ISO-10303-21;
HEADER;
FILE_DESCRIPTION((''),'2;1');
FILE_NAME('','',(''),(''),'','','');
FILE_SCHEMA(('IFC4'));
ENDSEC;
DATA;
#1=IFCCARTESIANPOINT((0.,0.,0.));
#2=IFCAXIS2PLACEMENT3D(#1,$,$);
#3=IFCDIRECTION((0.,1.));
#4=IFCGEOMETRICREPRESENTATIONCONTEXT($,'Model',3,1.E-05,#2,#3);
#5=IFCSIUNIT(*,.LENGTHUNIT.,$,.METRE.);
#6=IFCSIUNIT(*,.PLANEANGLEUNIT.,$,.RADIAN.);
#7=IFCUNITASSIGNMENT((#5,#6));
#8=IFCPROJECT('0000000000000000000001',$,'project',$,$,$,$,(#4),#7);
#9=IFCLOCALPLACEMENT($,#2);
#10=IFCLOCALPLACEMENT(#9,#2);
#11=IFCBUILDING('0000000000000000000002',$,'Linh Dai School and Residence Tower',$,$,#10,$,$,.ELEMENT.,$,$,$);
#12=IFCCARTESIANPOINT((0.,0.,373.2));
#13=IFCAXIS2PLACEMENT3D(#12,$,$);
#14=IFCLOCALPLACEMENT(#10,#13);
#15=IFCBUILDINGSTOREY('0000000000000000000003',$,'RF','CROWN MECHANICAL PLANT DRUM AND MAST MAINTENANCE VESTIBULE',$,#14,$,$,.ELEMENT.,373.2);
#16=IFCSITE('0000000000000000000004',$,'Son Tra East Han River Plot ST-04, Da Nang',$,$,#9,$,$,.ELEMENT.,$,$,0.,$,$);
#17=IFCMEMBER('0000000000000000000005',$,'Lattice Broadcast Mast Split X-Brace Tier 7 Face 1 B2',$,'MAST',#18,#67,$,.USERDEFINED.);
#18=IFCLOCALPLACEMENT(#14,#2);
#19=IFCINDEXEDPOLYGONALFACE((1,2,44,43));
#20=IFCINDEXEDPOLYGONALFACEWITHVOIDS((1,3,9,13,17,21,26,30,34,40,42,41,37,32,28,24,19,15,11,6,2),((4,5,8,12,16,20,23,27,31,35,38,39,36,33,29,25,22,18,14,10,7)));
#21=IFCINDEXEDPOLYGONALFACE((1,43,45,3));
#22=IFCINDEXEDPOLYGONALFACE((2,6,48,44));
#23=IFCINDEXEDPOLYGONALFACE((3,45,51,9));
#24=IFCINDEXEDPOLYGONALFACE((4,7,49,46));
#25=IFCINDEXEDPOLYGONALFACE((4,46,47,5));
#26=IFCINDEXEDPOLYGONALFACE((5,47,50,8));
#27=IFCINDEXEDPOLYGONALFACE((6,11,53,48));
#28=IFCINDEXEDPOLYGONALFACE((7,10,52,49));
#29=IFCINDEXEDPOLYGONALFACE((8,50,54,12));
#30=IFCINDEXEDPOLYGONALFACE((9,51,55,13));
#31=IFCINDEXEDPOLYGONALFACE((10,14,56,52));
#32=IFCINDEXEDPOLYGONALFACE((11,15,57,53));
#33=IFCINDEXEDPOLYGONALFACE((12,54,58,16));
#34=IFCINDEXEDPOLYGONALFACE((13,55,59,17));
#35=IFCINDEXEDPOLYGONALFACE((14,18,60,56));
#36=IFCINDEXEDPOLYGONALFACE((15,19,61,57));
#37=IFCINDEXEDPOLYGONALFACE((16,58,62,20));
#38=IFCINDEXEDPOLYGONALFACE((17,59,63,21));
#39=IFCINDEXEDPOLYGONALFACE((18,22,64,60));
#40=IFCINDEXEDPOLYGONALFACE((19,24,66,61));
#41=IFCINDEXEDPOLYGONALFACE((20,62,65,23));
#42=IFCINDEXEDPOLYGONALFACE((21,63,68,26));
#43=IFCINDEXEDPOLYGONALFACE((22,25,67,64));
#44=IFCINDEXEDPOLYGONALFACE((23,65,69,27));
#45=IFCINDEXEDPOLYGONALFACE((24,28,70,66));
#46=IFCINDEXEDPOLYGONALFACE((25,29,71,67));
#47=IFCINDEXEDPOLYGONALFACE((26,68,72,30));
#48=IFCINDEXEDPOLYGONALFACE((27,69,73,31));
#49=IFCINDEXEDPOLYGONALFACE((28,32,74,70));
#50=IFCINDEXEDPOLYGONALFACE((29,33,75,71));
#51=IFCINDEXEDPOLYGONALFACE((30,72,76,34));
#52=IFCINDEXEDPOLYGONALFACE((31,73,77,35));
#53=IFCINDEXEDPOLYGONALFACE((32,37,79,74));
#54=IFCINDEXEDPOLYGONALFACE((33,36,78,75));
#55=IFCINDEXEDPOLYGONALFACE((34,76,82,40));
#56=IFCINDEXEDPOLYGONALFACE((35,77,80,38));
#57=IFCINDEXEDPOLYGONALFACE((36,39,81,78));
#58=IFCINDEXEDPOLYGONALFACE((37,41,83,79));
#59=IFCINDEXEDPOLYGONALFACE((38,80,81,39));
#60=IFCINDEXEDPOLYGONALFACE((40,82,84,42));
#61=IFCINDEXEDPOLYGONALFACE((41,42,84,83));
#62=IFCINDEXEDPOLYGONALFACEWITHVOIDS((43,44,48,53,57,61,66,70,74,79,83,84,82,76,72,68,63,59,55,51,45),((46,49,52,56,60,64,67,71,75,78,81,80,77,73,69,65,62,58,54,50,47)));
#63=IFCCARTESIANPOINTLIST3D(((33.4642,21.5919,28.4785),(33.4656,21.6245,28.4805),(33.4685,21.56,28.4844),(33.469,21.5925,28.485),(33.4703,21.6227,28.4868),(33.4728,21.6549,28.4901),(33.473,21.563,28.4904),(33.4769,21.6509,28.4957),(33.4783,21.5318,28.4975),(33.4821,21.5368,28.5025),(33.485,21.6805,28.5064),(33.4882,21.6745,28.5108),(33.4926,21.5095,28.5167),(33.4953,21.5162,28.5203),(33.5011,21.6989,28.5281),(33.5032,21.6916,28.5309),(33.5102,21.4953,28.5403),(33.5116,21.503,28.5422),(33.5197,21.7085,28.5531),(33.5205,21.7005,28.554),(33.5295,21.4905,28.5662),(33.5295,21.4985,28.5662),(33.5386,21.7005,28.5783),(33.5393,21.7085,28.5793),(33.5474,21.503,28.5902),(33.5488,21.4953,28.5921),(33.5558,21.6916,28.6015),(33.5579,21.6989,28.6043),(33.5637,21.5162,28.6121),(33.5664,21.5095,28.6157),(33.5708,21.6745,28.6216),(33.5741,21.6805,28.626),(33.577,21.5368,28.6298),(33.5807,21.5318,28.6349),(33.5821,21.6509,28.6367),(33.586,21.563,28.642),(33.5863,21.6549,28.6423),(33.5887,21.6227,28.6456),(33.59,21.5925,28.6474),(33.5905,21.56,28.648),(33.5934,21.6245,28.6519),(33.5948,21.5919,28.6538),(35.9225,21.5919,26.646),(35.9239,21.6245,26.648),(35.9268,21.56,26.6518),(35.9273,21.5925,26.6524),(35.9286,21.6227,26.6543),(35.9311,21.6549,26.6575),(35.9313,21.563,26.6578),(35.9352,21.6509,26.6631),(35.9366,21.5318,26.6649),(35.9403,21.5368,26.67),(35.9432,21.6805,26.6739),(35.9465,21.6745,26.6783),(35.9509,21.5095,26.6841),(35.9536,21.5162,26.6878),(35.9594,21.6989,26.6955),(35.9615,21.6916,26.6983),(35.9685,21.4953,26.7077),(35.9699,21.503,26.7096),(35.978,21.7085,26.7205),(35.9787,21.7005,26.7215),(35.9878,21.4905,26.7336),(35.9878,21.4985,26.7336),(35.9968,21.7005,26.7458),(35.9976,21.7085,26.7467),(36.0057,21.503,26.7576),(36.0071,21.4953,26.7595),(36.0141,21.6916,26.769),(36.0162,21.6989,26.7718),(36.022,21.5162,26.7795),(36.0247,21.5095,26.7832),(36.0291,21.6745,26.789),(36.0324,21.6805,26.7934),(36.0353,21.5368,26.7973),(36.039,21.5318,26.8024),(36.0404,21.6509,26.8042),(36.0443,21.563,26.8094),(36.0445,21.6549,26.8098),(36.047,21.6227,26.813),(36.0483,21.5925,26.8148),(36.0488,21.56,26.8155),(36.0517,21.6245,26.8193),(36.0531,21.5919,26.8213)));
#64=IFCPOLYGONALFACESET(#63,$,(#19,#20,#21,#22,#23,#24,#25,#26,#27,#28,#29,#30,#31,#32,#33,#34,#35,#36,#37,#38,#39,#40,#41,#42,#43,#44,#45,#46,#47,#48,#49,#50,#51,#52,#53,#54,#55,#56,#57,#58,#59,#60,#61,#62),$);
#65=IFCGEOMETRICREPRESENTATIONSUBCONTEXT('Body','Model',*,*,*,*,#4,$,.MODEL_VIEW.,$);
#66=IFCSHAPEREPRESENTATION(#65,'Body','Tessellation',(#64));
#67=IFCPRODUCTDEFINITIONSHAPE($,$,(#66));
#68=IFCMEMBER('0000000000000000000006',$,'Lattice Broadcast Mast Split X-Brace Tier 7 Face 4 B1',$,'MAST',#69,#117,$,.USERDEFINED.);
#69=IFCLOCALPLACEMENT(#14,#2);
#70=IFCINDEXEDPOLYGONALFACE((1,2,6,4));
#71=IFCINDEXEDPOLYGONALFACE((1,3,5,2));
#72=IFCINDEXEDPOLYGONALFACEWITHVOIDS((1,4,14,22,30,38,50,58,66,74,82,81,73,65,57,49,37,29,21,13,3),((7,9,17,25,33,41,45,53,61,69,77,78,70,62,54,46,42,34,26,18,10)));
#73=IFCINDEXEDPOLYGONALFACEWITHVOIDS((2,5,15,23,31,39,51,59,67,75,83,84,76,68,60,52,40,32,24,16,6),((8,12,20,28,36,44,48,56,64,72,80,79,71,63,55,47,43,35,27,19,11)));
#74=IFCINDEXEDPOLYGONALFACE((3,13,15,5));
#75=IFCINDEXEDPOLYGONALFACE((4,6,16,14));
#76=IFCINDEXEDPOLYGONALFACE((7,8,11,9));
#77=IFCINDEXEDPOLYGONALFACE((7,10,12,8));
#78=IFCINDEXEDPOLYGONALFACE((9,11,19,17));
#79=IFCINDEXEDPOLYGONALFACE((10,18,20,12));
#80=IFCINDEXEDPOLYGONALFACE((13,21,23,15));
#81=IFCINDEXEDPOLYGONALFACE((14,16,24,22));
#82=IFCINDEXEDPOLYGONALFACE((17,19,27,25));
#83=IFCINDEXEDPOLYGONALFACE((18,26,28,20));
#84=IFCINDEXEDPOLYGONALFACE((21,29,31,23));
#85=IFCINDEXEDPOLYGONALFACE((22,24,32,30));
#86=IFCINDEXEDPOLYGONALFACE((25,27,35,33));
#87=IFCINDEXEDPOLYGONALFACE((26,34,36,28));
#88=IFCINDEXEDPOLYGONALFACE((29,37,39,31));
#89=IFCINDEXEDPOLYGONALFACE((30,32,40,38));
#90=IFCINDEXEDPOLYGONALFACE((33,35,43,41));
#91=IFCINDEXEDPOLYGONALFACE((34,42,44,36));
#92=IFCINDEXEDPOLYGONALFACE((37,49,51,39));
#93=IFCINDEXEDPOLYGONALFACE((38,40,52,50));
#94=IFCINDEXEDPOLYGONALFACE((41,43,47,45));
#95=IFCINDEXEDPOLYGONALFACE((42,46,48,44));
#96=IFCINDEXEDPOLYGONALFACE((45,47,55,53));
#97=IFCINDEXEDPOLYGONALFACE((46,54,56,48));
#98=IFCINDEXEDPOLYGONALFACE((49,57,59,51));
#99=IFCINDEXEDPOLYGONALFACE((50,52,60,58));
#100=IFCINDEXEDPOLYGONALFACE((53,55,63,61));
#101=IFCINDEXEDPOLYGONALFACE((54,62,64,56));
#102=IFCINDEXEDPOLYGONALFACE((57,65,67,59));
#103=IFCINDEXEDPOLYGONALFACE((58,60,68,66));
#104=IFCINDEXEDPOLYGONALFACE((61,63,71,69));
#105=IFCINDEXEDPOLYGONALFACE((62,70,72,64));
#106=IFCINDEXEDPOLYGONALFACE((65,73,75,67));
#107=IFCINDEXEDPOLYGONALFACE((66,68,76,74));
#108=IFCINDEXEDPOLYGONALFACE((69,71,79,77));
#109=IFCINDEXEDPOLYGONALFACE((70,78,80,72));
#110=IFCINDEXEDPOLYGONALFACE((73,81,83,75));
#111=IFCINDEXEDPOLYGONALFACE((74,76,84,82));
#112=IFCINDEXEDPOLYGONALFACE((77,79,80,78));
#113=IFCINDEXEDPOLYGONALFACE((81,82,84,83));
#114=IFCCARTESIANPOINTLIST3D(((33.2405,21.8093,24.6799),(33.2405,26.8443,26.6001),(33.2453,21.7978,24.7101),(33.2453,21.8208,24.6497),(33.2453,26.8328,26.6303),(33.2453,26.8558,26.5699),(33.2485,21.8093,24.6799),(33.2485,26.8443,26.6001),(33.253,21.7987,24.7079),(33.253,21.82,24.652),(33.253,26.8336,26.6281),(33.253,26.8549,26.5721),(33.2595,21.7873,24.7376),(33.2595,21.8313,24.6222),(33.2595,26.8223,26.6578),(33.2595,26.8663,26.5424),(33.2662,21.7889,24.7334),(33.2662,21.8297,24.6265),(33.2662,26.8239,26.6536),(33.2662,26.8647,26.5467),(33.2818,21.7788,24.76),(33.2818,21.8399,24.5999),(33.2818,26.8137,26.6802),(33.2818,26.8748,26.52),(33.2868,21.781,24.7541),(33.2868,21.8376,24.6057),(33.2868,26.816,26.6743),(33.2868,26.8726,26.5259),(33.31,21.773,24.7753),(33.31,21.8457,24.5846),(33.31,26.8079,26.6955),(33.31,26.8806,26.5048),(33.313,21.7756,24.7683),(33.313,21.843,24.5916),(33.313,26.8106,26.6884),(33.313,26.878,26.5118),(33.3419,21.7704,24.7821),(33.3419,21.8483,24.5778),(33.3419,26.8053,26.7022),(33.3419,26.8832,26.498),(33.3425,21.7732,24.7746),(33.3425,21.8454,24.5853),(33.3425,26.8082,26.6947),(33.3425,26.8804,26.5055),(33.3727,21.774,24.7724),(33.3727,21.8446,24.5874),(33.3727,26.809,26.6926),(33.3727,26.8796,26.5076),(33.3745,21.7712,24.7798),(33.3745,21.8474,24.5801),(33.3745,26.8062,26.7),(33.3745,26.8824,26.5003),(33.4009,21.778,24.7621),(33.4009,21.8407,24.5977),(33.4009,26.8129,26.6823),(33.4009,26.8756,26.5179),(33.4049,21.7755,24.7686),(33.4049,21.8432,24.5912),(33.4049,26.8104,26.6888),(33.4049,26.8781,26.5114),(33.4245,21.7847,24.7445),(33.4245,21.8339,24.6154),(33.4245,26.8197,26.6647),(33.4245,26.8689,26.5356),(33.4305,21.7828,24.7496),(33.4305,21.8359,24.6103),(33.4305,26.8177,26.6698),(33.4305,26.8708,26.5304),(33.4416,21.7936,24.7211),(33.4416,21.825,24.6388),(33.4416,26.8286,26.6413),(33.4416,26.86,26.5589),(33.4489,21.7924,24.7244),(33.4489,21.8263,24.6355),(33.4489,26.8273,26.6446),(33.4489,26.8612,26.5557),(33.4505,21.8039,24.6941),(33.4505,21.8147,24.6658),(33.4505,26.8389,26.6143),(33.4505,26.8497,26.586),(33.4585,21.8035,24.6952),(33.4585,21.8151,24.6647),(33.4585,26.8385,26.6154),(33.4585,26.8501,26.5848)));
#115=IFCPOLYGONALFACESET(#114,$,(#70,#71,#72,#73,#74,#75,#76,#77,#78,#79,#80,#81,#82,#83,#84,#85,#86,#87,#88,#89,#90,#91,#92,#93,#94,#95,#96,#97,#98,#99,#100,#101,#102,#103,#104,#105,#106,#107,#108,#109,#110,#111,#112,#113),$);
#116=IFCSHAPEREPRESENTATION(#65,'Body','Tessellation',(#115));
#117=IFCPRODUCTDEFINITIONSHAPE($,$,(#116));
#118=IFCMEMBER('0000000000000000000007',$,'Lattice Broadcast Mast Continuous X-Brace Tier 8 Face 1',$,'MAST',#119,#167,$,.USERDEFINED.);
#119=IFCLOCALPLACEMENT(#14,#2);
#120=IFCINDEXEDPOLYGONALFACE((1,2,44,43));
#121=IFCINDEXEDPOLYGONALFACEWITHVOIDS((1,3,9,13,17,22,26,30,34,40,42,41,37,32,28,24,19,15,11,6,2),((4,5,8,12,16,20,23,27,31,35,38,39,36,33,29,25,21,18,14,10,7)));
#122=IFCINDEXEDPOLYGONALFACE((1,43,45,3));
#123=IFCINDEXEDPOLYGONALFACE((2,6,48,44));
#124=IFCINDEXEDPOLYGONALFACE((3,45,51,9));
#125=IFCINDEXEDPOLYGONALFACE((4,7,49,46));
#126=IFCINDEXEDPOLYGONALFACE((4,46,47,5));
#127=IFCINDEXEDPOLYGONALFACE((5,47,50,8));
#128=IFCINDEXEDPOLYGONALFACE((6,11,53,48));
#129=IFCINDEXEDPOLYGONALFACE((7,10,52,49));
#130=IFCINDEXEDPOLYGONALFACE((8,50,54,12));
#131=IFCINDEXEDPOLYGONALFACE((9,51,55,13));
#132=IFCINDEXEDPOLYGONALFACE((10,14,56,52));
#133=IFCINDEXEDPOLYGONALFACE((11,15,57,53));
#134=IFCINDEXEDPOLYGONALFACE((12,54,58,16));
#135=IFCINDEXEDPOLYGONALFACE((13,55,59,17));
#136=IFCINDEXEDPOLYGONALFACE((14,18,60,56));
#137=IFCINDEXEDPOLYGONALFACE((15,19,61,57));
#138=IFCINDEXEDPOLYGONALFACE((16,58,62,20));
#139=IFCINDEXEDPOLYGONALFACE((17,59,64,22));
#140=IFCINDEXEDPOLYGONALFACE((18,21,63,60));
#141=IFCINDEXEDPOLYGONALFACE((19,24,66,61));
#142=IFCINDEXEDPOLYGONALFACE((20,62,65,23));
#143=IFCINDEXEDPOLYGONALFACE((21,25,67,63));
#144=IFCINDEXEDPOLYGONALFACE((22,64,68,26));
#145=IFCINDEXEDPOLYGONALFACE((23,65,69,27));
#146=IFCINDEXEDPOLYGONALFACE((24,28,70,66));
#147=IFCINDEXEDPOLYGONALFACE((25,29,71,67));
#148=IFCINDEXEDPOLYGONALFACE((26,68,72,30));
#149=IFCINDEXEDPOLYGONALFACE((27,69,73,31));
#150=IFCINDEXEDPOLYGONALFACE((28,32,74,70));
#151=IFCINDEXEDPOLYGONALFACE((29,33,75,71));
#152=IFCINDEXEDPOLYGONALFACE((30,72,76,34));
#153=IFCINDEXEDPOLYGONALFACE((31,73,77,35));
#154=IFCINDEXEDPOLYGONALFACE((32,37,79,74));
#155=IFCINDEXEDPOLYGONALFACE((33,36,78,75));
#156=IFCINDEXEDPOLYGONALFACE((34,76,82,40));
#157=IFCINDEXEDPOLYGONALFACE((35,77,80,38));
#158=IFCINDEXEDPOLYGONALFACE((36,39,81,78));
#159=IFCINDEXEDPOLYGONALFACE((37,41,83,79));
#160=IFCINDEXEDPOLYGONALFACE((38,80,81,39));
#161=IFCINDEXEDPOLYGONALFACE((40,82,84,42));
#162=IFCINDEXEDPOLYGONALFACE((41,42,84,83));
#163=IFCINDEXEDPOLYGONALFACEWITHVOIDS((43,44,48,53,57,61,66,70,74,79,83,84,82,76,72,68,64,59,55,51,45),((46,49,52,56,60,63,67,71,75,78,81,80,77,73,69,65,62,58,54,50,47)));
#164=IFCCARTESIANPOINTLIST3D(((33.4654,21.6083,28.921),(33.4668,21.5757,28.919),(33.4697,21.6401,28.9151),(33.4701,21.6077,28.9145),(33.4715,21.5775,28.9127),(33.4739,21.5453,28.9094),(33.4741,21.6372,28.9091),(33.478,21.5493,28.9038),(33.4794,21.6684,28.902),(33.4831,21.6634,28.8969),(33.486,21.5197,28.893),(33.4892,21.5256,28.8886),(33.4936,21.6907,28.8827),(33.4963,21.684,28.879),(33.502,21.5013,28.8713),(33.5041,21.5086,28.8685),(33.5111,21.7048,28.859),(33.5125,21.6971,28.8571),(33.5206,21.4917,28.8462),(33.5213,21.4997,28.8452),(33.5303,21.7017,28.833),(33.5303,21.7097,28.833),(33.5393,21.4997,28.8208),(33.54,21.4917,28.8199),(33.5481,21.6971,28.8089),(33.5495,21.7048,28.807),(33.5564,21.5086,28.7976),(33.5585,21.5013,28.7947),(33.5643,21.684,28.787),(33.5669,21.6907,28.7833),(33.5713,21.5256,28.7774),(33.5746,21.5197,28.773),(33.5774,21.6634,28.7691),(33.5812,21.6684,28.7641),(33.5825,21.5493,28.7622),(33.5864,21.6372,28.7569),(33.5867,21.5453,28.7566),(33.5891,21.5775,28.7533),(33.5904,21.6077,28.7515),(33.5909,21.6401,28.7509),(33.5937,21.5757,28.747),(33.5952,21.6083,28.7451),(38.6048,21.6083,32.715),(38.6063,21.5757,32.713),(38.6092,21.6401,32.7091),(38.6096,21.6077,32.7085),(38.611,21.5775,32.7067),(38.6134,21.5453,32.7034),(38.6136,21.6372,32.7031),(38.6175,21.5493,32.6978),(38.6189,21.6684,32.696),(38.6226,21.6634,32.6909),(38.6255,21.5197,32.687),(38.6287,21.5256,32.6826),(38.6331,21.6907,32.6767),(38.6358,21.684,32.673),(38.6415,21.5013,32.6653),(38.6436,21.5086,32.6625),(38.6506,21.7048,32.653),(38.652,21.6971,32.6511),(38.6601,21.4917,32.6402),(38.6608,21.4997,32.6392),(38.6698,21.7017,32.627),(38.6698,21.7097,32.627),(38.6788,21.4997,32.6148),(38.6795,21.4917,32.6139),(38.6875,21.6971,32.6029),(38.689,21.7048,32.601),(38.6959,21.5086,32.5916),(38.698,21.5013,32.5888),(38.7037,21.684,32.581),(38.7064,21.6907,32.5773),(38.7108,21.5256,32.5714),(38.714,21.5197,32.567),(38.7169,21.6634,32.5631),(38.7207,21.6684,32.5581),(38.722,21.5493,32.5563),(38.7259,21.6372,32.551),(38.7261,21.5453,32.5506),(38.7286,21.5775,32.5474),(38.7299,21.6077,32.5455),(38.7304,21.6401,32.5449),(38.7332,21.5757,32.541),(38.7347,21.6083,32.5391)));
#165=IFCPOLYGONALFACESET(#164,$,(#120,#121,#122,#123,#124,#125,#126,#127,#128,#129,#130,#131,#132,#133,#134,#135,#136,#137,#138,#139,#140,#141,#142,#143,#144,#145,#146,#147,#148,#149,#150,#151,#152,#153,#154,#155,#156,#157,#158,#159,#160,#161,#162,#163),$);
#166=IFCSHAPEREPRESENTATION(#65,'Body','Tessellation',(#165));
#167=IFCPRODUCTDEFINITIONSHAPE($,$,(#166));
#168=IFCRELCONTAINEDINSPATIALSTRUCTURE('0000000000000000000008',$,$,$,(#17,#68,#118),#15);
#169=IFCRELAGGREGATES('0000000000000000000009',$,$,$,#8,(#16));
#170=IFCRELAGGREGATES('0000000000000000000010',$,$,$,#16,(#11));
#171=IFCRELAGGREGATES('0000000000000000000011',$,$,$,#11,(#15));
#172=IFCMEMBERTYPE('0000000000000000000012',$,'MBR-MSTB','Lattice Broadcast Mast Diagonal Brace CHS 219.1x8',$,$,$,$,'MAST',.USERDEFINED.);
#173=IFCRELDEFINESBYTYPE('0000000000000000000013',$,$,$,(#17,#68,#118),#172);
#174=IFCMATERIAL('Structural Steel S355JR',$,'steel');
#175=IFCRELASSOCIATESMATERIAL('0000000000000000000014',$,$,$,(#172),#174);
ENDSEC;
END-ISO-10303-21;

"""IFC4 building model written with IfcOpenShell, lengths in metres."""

from ifc_helpers import new_model, si_unit, direction, frame, origin, origin_2d, place, context, subcontext, project, spatial, hollow_circle, extrude, material, material_profile, profile_set, type_object, element, save


model = new_model("IFC4")

# Units and contexts
model_context = context("Model", 3, precision=1e-05, world=origin(), true_north=direction((0.0, 1.0)))
body_context = subcontext(model_context, "Body", "Model", "MODEL_VIEW")
ifc_project = project(units=[si_unit("LENGTHUNIT", "METRE"), si_unit("PLANEANGLEUNIT", "RADIAN")], contexts=[model_context])

# Site, building, storey
site_placement = place(None, origin())
site = spatial("IfcSite", under=ifc_project, at=site_placement, Name="Son Tra East Han River Plot ST-04, Da Nang", CompositionType="ELEMENT", RefElevation=0.0)
building_placement = place(site_placement, origin())
building = spatial("IfcBuilding", under=site, at=building_placement, Name="Linh Dai School and Residence Tower", CompositionType="ELEMENT")
storey_placement = place(building_placement, frame((0.0, 0.0, 373.2)))
storey = spatial("IfcBuildingStorey", under=building, at=storey_placement, Name="RF", Description="CROWN MECHANICAL PLANT DRUM AND MAST MAINTENANCE VESTIBULE", CompositionType="ELEMENT", Elevation=373.2)

# Shared definitions
ifc_material_1 = material(Name="Structural Steel S355JR", Category="steel")

# Members
ifc_material_profile_1 = material_profile(ifc_material_1, hollow_circle(Radius=0.1096, WallThickness=0.0081, at=origin_2d()), Name="CHS 219.1x8")
ifc_profile_set_1 = profile_set([ifc_material_profile_1], Name="Structural Steel S355JR")
member_type = type_object("IfcMemberType", Name="MBR-MSTB", Description="Lattice Broadcast Mast Diagonal Brace CHS 219.1x8", ElementType="MAST", PredefinedType="USERDEFINED", material=ifc_profile_set_1)
member_1_placement = place(storey_placement, frame((35.9878, 21.6001, 26.7336), z_axis=(-0.801745, 0.0, 0.597666), x_axis=(0.0, -1.0, 0.0)))
element("IfcMember", 1, at=member_1_placement, inside=storey, type_object=member_type, Name="Lattice Broadcast Mast Split X-Brace Tier 7 Face 1 B2", ObjectType="MAST", PredefinedType="USERDEFINED", context=body_context, shape_type="SweptSolid", body=[
    extrude(hollow_circle(Radius=0.1096, WallThickness=0.0081, at=origin_2d()), origin(), (0.0, 0.0, 1.0), 3.0662),
])
member_2_placement = place(storey_placement, frame((33.3501, 21.8093, 24.6799), z_axis=(0.0, 0.934358, 0.356336), x_axis=(-1.0, 0.0, 0.0)))
element("IfcMember", 2, at=member_2_placement, inside=storey, type_object=member_type, Name="Lattice Broadcast Mast Split X-Brace Tier 7 Face 4 B1", ObjectType="MAST", PredefinedType="USERDEFINED", context=body_context, shape_type="SweptSolid", body=[
    extrude(hollow_circle(Radius=0.1096, WallThickness=0.0081, at=origin_2d()), origin(), (0.0, 0.0, 1.0), 5.3887),
])
member_3_placement = place(storey_placement, frame((33.5303, 21.6001, 28.833), z_axis=(0.804531, 0.0, 0.593911), x_axis=(0.0, 1.0, 0.0)))
element("IfcMember", 3, at=member_3_placement, inside=storey, type_object=member_type, Name="Lattice Broadcast Mast Continuous X-Brace Tier 8 Face 1", ObjectType="MAST", PredefinedType="USERDEFINED", context=body_context, shape_type="SweptSolid", body=[
    extrude(hollow_circle(Radius=0.1096, WallThickness=0.0081, at=origin_2d()), origin(), (0.0, 0.0, 1.0), 6.3882),
])

save(model, "model.ifc")
